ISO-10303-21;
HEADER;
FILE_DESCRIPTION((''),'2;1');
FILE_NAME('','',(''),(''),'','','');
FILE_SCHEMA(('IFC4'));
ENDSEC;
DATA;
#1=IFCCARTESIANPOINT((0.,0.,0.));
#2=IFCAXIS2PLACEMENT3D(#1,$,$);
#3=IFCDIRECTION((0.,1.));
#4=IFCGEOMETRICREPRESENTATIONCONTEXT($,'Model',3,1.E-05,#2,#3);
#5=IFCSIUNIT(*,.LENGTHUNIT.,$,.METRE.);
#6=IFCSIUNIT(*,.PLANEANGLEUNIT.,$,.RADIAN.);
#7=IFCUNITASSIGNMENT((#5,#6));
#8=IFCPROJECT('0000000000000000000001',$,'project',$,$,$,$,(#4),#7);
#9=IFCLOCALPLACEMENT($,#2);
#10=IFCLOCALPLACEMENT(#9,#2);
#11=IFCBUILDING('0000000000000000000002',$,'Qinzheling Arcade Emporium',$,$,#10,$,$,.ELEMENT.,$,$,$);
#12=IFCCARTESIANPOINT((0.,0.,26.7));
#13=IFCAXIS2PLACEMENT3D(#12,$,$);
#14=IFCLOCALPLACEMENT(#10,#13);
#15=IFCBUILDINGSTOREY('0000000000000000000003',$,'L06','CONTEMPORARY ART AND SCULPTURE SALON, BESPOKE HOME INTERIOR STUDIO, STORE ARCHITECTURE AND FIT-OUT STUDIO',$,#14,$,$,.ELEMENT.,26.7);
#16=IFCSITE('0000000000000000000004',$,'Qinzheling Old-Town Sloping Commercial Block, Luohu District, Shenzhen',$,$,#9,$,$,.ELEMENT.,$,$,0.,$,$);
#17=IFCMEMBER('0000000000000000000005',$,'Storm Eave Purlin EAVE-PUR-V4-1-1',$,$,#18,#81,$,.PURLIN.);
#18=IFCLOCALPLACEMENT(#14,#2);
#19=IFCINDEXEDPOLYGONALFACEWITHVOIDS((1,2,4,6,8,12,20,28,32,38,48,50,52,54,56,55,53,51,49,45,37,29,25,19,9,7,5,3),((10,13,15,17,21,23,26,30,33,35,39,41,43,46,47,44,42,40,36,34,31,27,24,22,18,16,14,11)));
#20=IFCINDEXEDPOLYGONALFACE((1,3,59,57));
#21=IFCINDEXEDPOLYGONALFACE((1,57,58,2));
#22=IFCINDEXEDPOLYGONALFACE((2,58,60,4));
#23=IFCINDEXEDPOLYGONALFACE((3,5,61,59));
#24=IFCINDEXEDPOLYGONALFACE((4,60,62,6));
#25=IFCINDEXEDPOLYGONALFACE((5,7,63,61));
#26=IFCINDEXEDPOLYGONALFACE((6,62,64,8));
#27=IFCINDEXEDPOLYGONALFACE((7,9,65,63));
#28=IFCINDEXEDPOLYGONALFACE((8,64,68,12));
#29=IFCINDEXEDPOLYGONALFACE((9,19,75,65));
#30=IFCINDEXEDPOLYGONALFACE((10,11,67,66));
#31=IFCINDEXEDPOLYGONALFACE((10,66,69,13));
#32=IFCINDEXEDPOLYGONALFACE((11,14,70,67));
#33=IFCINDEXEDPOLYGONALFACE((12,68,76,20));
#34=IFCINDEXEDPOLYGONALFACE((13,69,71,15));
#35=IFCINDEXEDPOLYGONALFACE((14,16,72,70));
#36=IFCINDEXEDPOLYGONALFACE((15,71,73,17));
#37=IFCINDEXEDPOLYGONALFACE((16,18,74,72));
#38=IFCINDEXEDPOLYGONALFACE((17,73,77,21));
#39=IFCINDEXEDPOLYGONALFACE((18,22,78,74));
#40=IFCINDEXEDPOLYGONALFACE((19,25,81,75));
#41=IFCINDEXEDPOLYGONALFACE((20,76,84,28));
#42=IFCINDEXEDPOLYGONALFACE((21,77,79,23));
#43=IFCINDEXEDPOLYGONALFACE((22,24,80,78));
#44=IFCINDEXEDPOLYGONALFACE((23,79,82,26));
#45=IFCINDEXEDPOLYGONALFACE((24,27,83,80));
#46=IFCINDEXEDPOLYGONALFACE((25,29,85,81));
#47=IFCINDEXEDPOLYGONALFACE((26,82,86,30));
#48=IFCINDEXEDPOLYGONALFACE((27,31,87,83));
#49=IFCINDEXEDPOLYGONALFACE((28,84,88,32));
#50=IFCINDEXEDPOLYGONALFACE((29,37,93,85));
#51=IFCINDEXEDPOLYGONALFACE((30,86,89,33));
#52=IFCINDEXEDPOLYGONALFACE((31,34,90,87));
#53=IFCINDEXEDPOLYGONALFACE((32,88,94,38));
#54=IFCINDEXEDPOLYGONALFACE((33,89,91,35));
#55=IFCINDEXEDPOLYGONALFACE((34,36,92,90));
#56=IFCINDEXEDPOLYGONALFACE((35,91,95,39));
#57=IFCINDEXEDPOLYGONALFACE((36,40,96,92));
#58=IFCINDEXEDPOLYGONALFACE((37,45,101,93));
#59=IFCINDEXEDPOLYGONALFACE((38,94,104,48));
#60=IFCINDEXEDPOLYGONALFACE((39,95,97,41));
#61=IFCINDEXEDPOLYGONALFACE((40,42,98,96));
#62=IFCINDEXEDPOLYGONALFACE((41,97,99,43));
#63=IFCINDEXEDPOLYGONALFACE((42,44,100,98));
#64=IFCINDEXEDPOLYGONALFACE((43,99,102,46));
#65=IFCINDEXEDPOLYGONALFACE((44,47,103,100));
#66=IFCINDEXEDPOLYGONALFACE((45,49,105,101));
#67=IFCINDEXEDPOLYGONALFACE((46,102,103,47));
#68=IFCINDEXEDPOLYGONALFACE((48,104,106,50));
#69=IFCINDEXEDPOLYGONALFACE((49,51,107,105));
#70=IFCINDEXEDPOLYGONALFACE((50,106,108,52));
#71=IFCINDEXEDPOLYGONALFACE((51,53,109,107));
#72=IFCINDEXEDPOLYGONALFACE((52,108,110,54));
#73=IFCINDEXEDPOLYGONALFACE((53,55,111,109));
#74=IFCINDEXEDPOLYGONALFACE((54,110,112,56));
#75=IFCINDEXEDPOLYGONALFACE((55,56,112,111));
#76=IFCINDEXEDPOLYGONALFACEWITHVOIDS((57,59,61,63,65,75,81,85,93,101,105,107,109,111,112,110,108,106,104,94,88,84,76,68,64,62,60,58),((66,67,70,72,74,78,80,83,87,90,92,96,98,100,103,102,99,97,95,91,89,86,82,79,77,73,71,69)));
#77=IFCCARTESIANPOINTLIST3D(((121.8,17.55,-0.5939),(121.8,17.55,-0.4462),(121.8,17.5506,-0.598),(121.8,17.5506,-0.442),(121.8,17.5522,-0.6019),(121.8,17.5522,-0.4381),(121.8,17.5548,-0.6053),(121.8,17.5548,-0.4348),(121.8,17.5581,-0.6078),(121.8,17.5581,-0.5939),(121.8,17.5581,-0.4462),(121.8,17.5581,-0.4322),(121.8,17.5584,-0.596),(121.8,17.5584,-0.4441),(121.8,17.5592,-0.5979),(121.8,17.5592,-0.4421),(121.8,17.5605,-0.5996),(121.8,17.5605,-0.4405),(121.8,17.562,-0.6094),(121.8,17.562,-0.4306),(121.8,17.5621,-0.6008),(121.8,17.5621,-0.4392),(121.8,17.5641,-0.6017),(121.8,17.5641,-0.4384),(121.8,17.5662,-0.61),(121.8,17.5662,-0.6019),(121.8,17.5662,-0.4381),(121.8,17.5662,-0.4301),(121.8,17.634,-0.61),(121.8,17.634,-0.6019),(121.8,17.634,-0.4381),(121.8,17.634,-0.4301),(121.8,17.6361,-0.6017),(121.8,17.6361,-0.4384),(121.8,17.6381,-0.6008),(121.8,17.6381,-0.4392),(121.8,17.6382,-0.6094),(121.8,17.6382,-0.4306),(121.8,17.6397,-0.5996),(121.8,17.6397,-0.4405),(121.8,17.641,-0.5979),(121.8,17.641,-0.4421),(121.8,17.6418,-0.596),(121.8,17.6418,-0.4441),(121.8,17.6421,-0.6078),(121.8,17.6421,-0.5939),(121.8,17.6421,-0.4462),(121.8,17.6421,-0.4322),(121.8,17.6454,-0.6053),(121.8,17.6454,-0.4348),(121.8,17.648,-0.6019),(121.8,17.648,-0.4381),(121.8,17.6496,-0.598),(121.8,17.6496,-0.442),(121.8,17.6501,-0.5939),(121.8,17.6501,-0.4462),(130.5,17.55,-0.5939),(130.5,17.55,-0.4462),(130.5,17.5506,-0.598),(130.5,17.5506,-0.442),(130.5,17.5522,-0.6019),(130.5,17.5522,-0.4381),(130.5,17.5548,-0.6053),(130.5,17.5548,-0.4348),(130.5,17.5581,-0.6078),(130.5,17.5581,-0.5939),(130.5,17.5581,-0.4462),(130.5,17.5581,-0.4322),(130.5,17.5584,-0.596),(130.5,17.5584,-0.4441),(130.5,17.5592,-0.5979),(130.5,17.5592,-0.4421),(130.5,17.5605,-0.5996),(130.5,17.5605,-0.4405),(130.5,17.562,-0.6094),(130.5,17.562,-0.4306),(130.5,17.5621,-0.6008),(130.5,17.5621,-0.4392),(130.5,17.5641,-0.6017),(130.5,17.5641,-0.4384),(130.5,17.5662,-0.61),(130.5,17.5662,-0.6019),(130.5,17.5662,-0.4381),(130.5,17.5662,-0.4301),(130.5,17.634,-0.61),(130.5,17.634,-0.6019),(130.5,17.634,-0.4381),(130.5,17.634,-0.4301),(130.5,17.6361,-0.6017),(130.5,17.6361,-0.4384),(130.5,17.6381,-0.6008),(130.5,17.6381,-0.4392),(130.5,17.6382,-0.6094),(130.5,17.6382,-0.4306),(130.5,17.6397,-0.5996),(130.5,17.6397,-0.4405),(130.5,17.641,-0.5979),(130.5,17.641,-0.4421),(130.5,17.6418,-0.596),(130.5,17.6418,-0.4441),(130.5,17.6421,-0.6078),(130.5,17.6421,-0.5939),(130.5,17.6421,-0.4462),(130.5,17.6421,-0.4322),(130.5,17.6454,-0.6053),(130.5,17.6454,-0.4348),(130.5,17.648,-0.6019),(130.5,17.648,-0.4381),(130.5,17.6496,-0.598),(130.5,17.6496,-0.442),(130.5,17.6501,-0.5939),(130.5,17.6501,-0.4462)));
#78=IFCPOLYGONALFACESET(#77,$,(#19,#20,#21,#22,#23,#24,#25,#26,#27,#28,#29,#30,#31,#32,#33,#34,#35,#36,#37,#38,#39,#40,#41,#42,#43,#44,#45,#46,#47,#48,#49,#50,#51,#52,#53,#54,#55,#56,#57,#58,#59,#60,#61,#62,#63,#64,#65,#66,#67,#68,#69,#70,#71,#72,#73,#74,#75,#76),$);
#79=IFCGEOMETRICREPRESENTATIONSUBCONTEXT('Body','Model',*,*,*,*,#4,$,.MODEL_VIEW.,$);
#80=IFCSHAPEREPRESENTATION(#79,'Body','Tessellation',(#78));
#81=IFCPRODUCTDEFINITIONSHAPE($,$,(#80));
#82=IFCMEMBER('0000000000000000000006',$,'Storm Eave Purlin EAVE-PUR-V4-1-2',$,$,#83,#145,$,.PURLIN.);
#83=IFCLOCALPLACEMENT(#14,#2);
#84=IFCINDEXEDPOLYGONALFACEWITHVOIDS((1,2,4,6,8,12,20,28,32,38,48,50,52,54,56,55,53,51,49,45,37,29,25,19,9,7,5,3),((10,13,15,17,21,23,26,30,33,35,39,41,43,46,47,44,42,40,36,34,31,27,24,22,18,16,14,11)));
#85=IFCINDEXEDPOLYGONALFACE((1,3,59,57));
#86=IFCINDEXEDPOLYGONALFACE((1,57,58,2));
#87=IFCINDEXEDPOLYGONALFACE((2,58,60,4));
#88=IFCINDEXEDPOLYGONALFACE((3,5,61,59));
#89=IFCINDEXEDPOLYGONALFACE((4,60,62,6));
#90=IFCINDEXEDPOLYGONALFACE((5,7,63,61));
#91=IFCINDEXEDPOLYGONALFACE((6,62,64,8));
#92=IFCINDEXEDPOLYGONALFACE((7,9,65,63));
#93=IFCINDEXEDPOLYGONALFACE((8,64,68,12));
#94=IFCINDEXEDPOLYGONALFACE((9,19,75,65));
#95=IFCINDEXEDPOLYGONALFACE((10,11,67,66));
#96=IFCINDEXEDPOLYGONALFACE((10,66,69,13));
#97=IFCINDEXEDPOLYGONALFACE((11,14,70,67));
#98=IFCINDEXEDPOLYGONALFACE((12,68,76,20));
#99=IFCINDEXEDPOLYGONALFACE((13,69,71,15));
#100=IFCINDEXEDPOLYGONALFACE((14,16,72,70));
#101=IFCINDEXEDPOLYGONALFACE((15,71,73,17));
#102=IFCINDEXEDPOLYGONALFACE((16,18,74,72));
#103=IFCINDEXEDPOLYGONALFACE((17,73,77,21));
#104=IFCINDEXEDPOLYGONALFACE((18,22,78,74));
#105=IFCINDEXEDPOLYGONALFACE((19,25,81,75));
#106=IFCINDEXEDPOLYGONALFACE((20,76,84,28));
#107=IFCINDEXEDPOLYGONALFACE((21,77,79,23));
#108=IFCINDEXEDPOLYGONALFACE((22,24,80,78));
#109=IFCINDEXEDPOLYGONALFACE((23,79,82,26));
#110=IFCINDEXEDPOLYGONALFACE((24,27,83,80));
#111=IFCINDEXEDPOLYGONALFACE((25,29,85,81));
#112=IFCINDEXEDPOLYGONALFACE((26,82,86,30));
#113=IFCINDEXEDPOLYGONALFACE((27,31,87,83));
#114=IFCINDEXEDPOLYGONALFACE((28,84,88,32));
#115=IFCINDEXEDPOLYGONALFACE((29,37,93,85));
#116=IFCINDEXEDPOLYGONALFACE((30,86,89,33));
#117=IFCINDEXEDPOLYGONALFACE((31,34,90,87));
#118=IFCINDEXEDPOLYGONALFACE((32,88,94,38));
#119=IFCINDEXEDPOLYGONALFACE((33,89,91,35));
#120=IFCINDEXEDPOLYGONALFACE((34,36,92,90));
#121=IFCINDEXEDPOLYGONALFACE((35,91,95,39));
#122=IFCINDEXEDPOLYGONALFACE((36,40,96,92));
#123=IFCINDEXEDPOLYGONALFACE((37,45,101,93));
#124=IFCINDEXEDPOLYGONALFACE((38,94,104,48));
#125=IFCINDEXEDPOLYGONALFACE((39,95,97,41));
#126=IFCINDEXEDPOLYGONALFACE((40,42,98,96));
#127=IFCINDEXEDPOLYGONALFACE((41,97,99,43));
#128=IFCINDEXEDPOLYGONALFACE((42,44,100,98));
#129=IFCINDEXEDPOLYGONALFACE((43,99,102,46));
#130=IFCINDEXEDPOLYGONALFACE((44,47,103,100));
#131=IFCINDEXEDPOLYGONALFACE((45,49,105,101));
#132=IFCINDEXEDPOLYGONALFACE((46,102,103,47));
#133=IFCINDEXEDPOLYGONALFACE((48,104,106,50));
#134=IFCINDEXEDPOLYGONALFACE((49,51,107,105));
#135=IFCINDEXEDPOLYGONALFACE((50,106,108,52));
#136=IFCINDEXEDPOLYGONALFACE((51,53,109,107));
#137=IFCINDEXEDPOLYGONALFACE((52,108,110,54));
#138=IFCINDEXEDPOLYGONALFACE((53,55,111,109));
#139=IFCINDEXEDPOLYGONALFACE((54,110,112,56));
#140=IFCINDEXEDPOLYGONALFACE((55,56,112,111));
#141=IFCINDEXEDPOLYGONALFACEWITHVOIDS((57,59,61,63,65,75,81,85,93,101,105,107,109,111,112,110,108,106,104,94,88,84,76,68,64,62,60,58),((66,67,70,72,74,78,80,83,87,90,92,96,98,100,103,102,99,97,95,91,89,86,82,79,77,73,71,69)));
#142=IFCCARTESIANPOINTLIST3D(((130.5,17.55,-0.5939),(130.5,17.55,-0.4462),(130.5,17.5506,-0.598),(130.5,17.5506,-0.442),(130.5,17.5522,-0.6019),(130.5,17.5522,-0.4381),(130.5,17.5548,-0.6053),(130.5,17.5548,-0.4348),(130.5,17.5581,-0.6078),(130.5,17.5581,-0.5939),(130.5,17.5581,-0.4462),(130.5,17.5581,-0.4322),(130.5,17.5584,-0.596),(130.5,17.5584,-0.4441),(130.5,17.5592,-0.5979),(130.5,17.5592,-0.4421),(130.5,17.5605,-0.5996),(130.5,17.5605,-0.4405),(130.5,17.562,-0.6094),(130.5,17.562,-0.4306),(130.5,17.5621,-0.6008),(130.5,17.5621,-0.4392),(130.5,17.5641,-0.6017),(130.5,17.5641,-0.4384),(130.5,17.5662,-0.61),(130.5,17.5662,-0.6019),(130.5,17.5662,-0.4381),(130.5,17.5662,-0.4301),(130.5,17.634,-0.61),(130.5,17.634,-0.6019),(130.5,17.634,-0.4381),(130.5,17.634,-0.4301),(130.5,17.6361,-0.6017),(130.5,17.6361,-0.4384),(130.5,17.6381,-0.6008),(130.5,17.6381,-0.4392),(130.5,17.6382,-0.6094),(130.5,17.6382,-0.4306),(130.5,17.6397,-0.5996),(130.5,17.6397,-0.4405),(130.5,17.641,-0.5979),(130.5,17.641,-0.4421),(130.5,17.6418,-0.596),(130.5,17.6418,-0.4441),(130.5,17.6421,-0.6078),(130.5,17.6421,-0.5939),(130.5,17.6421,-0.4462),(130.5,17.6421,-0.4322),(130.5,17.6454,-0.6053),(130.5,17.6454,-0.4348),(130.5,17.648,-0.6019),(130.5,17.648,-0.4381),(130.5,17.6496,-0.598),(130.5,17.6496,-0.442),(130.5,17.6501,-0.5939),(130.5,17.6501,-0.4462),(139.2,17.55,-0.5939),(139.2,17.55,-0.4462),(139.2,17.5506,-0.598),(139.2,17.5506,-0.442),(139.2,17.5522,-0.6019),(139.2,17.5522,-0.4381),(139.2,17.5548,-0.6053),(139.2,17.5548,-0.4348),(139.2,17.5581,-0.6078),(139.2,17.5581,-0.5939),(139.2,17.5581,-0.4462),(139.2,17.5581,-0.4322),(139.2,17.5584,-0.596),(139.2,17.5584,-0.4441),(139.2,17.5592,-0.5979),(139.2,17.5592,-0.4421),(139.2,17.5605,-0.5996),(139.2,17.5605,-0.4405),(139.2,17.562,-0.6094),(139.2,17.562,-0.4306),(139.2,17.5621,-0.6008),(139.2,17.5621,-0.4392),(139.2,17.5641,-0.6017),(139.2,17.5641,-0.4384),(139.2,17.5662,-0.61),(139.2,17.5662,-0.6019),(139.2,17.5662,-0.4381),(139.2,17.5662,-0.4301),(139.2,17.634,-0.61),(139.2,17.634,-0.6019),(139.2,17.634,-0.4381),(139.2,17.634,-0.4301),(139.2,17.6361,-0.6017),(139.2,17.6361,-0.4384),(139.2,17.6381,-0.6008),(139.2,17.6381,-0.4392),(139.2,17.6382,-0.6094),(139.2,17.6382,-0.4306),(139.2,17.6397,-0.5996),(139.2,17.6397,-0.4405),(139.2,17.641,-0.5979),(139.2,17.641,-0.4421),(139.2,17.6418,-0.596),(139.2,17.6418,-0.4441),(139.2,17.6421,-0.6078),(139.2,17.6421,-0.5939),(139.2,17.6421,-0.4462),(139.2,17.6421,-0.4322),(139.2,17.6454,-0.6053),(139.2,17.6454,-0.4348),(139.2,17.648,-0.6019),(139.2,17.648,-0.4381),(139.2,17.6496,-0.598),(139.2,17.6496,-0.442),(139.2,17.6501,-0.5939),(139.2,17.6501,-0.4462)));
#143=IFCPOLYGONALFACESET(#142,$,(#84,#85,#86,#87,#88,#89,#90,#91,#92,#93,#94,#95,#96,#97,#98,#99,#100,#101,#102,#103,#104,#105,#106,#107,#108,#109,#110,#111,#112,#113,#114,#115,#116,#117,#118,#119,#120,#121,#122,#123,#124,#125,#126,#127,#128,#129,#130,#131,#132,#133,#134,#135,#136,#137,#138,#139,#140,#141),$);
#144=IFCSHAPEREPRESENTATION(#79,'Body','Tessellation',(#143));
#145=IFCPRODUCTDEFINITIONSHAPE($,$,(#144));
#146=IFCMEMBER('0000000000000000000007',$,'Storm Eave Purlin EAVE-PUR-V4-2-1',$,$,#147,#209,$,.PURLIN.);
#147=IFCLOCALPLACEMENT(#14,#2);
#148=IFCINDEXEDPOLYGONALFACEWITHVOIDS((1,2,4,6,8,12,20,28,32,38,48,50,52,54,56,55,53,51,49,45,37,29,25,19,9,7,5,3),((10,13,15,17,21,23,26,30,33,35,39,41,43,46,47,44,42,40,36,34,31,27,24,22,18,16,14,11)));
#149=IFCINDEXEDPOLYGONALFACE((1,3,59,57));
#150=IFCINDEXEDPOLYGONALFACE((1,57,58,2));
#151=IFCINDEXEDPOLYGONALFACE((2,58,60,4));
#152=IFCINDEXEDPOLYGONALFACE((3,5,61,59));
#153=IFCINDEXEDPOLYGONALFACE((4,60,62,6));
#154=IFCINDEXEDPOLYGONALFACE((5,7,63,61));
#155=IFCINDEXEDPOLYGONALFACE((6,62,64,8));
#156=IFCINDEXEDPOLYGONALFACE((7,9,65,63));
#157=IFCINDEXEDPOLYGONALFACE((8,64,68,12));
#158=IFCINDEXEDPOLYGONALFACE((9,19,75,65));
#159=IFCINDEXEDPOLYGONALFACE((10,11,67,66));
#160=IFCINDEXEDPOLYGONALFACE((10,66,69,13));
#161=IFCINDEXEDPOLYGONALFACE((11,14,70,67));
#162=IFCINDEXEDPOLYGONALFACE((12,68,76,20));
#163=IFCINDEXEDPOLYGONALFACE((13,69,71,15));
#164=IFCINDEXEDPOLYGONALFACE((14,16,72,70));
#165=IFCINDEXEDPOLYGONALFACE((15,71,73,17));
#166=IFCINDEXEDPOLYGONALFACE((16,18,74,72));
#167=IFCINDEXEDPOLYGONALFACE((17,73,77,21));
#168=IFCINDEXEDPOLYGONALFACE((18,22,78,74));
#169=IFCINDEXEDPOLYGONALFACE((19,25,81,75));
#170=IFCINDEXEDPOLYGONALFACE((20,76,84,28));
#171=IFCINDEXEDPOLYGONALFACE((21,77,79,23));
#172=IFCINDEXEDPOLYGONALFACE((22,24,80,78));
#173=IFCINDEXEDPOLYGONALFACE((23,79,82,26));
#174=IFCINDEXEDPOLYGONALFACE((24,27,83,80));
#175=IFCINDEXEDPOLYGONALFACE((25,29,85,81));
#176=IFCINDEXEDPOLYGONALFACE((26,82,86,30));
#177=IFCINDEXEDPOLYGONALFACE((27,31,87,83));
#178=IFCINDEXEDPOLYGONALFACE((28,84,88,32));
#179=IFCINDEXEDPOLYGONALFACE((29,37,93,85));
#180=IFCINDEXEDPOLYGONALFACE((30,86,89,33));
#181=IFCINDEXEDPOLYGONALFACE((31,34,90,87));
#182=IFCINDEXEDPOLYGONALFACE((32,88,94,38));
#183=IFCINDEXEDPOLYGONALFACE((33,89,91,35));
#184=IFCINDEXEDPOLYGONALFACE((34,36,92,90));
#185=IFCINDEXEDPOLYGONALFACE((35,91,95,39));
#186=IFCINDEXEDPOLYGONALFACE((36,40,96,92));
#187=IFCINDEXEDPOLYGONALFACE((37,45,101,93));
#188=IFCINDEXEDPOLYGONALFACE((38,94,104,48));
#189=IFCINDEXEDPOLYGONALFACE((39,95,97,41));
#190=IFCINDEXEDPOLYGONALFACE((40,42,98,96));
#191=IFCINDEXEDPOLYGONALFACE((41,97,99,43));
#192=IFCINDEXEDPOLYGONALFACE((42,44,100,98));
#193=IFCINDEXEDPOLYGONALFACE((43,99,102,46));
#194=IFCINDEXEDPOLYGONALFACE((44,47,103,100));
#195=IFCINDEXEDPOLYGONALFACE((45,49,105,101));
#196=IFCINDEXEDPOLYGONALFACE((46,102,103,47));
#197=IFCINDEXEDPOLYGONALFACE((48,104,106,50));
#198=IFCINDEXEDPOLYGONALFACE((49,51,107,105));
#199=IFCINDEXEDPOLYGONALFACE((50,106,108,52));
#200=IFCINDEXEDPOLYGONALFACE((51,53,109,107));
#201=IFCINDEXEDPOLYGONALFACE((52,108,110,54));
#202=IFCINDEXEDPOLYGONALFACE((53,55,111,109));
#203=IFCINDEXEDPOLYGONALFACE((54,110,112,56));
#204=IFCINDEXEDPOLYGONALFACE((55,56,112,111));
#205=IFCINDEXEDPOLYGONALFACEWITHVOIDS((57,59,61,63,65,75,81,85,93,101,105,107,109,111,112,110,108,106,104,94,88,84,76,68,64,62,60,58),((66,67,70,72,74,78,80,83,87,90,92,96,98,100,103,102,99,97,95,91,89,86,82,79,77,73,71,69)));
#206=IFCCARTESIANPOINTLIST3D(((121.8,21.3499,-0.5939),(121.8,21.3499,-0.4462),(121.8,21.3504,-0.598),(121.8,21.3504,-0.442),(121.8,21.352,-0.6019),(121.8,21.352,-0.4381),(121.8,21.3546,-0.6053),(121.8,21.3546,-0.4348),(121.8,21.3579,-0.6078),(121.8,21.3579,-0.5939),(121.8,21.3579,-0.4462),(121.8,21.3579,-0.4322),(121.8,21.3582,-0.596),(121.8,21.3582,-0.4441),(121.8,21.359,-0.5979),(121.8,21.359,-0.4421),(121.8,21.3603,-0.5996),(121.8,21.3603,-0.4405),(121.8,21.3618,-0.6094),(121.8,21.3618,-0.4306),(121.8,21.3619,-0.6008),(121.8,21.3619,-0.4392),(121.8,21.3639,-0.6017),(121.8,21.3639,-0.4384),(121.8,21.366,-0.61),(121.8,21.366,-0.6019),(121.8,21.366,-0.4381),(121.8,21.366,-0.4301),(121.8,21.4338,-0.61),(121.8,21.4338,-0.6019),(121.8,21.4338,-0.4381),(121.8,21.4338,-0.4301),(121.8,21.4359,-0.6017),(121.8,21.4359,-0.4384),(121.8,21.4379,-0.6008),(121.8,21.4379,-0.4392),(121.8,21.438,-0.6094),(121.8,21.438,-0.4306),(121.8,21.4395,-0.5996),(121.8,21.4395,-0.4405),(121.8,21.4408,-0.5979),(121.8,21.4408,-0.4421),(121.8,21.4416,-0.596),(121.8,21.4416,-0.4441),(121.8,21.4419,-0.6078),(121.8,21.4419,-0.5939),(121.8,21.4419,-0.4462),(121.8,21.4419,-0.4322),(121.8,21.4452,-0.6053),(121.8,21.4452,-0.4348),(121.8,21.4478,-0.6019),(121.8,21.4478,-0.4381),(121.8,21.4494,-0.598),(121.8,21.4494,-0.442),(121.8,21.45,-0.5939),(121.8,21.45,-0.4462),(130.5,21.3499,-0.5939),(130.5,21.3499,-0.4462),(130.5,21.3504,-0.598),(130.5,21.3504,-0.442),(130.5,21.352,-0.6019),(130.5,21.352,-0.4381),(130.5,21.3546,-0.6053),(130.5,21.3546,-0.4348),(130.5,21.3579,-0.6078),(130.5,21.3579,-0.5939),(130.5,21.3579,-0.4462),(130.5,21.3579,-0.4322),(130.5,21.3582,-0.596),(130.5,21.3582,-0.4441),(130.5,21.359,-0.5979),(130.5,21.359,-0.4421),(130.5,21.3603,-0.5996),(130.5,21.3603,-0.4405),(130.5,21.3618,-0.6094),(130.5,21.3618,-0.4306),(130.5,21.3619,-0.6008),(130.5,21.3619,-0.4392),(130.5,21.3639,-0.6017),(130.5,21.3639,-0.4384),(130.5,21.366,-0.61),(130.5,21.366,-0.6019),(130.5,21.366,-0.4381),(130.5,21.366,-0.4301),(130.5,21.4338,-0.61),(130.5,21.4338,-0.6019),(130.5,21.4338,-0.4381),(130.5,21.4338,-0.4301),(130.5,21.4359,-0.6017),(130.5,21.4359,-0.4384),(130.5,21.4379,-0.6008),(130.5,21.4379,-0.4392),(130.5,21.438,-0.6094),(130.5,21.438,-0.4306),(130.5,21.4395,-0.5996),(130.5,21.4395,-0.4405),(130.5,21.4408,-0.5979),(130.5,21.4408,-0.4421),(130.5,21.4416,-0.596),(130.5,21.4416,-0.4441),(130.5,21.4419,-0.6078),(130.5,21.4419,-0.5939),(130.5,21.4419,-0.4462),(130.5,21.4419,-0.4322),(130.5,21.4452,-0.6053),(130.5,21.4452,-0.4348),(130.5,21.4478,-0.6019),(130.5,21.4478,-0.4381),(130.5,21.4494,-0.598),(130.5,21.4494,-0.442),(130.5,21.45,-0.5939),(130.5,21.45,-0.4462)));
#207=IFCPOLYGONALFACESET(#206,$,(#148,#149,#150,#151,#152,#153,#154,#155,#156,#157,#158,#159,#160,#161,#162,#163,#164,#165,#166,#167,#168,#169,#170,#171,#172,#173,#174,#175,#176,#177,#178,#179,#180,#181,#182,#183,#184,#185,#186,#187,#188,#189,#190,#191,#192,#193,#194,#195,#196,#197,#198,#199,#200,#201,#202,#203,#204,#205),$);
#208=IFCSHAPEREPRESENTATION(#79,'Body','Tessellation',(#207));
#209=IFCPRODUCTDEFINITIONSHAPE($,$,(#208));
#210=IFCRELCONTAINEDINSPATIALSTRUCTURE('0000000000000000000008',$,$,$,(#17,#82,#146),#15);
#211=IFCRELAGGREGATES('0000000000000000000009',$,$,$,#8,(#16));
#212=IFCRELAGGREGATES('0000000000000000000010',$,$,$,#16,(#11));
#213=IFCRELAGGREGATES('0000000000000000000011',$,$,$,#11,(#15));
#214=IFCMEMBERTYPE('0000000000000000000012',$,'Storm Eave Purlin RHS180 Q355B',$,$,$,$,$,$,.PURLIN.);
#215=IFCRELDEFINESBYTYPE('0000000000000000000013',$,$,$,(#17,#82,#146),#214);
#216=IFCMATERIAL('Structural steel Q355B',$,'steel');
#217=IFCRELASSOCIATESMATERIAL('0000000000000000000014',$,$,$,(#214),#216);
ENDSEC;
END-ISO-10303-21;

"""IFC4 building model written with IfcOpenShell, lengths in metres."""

from ifc_helpers import new_model, si_unit, direction, frame, origin, origin_2d, place, context, subcontext, project, spatial, hollow_rectangle, extrude, material, material_profile, profile_set, type_object, element, save


model = new_model("IFC4")

# Units and contexts
model_context = context("Model", 3, precision=1e-05, world=origin(), true_north=direction((0.0, 1.0)))
body_context = subcontext(model_context, "Body", "Model", "MODEL_VIEW")
ifc_project = project(units=[si_unit("LENGTHUNIT", "METRE"), si_unit("PLANEANGLEUNIT", "RADIAN")], contexts=[model_context])

# Site, building, storey
site_placement = place(None, origin())
site = spatial("IfcSite", under=ifc_project, at=site_placement, Name="Qinzheling Old-Town Sloping Commercial Block, Luohu District, Shenzhen", CompositionType="ELEMENT", RefElevation=0.0)
building_placement = place(site_placement, origin())
building = spatial("IfcBuilding", under=site, at=building_placement, Name="Qinzheling Arcade Emporium", CompositionType="ELEMENT")
storey_placement = place(building_placement, frame((0.0, 0.0, 26.7)))
storey = spatial("IfcBuildingStorey", under=building, at=storey_placement, Name="L06", Description="CONTEMPORARY ART AND SCULPTURE SALON, BESPOKE HOME INTERIOR STUDIO, STORE ARCHITECTURE AND FIT-OUT STUDIO", CompositionType="ELEMENT", Elevation=26.7)

# Members
ifc_material_1 = material(Name="Structural steel Q355B", Category="steel")
ifc_material_profile_1 = material_profile(ifc_material_1, hollow_rectangle(XDim=0.1001, YDim=0.1799, WallThickness=0.0081, InnerFilletRadius=0.0081, OuterFilletRadius=0.0161, at=origin_2d()), Name="RHS 180x100x8", Category="steel")
ifc_profile_set_1 = profile_set([ifc_material_profile_1], Name="Structural steel Q355B")
member_type_1 = type_object("IfcMemberType", Name="Storm Eave Purlin RHS180 Q355B", PredefinedType="PURLIN", material=ifc_profile_set_1)
for number, where, z_axis, x_axis, name in (
    (1, (121.8, 17.6001, -0.52), (1.0, 0.0, 0.0), (0.0, 1.0, 0.0), "Storm Eave Purlin EAVE-PUR-V4-1-1"),
    (2, (130.5, 17.6001, -0.52), (1.0, 0.0, 0.0), (0.0, 1.0, 0.0), "Storm Eave Purlin EAVE-PUR-V4-1-2"),
    (3, (121.8, 21.3999, -0.52), (1.0, 0.0, 0.0), (0.0, 1.0, 0.0), "Storm Eave Purlin EAVE-PUR-V4-2-1"),
):
    element("IfcMember", number, at=place(storey_placement, frame(where, z_axis=z_axis, x_axis=x_axis)), inside=storey, type_object=member_type_1, Name=name, PredefinedType="PURLIN", context=body_context, shape_type="SweptSolid", body=[
        extrude(hollow_rectangle(XDim=0.1001, YDim=0.1799, WallThickness=0.0081, InnerFilletRadius=0.0081, OuterFilletRadius=0.0161, at=origin_2d()), origin(), (0.0, 0.0, 1.0), 8.7),
    ])

save(model, "model.ifc")
